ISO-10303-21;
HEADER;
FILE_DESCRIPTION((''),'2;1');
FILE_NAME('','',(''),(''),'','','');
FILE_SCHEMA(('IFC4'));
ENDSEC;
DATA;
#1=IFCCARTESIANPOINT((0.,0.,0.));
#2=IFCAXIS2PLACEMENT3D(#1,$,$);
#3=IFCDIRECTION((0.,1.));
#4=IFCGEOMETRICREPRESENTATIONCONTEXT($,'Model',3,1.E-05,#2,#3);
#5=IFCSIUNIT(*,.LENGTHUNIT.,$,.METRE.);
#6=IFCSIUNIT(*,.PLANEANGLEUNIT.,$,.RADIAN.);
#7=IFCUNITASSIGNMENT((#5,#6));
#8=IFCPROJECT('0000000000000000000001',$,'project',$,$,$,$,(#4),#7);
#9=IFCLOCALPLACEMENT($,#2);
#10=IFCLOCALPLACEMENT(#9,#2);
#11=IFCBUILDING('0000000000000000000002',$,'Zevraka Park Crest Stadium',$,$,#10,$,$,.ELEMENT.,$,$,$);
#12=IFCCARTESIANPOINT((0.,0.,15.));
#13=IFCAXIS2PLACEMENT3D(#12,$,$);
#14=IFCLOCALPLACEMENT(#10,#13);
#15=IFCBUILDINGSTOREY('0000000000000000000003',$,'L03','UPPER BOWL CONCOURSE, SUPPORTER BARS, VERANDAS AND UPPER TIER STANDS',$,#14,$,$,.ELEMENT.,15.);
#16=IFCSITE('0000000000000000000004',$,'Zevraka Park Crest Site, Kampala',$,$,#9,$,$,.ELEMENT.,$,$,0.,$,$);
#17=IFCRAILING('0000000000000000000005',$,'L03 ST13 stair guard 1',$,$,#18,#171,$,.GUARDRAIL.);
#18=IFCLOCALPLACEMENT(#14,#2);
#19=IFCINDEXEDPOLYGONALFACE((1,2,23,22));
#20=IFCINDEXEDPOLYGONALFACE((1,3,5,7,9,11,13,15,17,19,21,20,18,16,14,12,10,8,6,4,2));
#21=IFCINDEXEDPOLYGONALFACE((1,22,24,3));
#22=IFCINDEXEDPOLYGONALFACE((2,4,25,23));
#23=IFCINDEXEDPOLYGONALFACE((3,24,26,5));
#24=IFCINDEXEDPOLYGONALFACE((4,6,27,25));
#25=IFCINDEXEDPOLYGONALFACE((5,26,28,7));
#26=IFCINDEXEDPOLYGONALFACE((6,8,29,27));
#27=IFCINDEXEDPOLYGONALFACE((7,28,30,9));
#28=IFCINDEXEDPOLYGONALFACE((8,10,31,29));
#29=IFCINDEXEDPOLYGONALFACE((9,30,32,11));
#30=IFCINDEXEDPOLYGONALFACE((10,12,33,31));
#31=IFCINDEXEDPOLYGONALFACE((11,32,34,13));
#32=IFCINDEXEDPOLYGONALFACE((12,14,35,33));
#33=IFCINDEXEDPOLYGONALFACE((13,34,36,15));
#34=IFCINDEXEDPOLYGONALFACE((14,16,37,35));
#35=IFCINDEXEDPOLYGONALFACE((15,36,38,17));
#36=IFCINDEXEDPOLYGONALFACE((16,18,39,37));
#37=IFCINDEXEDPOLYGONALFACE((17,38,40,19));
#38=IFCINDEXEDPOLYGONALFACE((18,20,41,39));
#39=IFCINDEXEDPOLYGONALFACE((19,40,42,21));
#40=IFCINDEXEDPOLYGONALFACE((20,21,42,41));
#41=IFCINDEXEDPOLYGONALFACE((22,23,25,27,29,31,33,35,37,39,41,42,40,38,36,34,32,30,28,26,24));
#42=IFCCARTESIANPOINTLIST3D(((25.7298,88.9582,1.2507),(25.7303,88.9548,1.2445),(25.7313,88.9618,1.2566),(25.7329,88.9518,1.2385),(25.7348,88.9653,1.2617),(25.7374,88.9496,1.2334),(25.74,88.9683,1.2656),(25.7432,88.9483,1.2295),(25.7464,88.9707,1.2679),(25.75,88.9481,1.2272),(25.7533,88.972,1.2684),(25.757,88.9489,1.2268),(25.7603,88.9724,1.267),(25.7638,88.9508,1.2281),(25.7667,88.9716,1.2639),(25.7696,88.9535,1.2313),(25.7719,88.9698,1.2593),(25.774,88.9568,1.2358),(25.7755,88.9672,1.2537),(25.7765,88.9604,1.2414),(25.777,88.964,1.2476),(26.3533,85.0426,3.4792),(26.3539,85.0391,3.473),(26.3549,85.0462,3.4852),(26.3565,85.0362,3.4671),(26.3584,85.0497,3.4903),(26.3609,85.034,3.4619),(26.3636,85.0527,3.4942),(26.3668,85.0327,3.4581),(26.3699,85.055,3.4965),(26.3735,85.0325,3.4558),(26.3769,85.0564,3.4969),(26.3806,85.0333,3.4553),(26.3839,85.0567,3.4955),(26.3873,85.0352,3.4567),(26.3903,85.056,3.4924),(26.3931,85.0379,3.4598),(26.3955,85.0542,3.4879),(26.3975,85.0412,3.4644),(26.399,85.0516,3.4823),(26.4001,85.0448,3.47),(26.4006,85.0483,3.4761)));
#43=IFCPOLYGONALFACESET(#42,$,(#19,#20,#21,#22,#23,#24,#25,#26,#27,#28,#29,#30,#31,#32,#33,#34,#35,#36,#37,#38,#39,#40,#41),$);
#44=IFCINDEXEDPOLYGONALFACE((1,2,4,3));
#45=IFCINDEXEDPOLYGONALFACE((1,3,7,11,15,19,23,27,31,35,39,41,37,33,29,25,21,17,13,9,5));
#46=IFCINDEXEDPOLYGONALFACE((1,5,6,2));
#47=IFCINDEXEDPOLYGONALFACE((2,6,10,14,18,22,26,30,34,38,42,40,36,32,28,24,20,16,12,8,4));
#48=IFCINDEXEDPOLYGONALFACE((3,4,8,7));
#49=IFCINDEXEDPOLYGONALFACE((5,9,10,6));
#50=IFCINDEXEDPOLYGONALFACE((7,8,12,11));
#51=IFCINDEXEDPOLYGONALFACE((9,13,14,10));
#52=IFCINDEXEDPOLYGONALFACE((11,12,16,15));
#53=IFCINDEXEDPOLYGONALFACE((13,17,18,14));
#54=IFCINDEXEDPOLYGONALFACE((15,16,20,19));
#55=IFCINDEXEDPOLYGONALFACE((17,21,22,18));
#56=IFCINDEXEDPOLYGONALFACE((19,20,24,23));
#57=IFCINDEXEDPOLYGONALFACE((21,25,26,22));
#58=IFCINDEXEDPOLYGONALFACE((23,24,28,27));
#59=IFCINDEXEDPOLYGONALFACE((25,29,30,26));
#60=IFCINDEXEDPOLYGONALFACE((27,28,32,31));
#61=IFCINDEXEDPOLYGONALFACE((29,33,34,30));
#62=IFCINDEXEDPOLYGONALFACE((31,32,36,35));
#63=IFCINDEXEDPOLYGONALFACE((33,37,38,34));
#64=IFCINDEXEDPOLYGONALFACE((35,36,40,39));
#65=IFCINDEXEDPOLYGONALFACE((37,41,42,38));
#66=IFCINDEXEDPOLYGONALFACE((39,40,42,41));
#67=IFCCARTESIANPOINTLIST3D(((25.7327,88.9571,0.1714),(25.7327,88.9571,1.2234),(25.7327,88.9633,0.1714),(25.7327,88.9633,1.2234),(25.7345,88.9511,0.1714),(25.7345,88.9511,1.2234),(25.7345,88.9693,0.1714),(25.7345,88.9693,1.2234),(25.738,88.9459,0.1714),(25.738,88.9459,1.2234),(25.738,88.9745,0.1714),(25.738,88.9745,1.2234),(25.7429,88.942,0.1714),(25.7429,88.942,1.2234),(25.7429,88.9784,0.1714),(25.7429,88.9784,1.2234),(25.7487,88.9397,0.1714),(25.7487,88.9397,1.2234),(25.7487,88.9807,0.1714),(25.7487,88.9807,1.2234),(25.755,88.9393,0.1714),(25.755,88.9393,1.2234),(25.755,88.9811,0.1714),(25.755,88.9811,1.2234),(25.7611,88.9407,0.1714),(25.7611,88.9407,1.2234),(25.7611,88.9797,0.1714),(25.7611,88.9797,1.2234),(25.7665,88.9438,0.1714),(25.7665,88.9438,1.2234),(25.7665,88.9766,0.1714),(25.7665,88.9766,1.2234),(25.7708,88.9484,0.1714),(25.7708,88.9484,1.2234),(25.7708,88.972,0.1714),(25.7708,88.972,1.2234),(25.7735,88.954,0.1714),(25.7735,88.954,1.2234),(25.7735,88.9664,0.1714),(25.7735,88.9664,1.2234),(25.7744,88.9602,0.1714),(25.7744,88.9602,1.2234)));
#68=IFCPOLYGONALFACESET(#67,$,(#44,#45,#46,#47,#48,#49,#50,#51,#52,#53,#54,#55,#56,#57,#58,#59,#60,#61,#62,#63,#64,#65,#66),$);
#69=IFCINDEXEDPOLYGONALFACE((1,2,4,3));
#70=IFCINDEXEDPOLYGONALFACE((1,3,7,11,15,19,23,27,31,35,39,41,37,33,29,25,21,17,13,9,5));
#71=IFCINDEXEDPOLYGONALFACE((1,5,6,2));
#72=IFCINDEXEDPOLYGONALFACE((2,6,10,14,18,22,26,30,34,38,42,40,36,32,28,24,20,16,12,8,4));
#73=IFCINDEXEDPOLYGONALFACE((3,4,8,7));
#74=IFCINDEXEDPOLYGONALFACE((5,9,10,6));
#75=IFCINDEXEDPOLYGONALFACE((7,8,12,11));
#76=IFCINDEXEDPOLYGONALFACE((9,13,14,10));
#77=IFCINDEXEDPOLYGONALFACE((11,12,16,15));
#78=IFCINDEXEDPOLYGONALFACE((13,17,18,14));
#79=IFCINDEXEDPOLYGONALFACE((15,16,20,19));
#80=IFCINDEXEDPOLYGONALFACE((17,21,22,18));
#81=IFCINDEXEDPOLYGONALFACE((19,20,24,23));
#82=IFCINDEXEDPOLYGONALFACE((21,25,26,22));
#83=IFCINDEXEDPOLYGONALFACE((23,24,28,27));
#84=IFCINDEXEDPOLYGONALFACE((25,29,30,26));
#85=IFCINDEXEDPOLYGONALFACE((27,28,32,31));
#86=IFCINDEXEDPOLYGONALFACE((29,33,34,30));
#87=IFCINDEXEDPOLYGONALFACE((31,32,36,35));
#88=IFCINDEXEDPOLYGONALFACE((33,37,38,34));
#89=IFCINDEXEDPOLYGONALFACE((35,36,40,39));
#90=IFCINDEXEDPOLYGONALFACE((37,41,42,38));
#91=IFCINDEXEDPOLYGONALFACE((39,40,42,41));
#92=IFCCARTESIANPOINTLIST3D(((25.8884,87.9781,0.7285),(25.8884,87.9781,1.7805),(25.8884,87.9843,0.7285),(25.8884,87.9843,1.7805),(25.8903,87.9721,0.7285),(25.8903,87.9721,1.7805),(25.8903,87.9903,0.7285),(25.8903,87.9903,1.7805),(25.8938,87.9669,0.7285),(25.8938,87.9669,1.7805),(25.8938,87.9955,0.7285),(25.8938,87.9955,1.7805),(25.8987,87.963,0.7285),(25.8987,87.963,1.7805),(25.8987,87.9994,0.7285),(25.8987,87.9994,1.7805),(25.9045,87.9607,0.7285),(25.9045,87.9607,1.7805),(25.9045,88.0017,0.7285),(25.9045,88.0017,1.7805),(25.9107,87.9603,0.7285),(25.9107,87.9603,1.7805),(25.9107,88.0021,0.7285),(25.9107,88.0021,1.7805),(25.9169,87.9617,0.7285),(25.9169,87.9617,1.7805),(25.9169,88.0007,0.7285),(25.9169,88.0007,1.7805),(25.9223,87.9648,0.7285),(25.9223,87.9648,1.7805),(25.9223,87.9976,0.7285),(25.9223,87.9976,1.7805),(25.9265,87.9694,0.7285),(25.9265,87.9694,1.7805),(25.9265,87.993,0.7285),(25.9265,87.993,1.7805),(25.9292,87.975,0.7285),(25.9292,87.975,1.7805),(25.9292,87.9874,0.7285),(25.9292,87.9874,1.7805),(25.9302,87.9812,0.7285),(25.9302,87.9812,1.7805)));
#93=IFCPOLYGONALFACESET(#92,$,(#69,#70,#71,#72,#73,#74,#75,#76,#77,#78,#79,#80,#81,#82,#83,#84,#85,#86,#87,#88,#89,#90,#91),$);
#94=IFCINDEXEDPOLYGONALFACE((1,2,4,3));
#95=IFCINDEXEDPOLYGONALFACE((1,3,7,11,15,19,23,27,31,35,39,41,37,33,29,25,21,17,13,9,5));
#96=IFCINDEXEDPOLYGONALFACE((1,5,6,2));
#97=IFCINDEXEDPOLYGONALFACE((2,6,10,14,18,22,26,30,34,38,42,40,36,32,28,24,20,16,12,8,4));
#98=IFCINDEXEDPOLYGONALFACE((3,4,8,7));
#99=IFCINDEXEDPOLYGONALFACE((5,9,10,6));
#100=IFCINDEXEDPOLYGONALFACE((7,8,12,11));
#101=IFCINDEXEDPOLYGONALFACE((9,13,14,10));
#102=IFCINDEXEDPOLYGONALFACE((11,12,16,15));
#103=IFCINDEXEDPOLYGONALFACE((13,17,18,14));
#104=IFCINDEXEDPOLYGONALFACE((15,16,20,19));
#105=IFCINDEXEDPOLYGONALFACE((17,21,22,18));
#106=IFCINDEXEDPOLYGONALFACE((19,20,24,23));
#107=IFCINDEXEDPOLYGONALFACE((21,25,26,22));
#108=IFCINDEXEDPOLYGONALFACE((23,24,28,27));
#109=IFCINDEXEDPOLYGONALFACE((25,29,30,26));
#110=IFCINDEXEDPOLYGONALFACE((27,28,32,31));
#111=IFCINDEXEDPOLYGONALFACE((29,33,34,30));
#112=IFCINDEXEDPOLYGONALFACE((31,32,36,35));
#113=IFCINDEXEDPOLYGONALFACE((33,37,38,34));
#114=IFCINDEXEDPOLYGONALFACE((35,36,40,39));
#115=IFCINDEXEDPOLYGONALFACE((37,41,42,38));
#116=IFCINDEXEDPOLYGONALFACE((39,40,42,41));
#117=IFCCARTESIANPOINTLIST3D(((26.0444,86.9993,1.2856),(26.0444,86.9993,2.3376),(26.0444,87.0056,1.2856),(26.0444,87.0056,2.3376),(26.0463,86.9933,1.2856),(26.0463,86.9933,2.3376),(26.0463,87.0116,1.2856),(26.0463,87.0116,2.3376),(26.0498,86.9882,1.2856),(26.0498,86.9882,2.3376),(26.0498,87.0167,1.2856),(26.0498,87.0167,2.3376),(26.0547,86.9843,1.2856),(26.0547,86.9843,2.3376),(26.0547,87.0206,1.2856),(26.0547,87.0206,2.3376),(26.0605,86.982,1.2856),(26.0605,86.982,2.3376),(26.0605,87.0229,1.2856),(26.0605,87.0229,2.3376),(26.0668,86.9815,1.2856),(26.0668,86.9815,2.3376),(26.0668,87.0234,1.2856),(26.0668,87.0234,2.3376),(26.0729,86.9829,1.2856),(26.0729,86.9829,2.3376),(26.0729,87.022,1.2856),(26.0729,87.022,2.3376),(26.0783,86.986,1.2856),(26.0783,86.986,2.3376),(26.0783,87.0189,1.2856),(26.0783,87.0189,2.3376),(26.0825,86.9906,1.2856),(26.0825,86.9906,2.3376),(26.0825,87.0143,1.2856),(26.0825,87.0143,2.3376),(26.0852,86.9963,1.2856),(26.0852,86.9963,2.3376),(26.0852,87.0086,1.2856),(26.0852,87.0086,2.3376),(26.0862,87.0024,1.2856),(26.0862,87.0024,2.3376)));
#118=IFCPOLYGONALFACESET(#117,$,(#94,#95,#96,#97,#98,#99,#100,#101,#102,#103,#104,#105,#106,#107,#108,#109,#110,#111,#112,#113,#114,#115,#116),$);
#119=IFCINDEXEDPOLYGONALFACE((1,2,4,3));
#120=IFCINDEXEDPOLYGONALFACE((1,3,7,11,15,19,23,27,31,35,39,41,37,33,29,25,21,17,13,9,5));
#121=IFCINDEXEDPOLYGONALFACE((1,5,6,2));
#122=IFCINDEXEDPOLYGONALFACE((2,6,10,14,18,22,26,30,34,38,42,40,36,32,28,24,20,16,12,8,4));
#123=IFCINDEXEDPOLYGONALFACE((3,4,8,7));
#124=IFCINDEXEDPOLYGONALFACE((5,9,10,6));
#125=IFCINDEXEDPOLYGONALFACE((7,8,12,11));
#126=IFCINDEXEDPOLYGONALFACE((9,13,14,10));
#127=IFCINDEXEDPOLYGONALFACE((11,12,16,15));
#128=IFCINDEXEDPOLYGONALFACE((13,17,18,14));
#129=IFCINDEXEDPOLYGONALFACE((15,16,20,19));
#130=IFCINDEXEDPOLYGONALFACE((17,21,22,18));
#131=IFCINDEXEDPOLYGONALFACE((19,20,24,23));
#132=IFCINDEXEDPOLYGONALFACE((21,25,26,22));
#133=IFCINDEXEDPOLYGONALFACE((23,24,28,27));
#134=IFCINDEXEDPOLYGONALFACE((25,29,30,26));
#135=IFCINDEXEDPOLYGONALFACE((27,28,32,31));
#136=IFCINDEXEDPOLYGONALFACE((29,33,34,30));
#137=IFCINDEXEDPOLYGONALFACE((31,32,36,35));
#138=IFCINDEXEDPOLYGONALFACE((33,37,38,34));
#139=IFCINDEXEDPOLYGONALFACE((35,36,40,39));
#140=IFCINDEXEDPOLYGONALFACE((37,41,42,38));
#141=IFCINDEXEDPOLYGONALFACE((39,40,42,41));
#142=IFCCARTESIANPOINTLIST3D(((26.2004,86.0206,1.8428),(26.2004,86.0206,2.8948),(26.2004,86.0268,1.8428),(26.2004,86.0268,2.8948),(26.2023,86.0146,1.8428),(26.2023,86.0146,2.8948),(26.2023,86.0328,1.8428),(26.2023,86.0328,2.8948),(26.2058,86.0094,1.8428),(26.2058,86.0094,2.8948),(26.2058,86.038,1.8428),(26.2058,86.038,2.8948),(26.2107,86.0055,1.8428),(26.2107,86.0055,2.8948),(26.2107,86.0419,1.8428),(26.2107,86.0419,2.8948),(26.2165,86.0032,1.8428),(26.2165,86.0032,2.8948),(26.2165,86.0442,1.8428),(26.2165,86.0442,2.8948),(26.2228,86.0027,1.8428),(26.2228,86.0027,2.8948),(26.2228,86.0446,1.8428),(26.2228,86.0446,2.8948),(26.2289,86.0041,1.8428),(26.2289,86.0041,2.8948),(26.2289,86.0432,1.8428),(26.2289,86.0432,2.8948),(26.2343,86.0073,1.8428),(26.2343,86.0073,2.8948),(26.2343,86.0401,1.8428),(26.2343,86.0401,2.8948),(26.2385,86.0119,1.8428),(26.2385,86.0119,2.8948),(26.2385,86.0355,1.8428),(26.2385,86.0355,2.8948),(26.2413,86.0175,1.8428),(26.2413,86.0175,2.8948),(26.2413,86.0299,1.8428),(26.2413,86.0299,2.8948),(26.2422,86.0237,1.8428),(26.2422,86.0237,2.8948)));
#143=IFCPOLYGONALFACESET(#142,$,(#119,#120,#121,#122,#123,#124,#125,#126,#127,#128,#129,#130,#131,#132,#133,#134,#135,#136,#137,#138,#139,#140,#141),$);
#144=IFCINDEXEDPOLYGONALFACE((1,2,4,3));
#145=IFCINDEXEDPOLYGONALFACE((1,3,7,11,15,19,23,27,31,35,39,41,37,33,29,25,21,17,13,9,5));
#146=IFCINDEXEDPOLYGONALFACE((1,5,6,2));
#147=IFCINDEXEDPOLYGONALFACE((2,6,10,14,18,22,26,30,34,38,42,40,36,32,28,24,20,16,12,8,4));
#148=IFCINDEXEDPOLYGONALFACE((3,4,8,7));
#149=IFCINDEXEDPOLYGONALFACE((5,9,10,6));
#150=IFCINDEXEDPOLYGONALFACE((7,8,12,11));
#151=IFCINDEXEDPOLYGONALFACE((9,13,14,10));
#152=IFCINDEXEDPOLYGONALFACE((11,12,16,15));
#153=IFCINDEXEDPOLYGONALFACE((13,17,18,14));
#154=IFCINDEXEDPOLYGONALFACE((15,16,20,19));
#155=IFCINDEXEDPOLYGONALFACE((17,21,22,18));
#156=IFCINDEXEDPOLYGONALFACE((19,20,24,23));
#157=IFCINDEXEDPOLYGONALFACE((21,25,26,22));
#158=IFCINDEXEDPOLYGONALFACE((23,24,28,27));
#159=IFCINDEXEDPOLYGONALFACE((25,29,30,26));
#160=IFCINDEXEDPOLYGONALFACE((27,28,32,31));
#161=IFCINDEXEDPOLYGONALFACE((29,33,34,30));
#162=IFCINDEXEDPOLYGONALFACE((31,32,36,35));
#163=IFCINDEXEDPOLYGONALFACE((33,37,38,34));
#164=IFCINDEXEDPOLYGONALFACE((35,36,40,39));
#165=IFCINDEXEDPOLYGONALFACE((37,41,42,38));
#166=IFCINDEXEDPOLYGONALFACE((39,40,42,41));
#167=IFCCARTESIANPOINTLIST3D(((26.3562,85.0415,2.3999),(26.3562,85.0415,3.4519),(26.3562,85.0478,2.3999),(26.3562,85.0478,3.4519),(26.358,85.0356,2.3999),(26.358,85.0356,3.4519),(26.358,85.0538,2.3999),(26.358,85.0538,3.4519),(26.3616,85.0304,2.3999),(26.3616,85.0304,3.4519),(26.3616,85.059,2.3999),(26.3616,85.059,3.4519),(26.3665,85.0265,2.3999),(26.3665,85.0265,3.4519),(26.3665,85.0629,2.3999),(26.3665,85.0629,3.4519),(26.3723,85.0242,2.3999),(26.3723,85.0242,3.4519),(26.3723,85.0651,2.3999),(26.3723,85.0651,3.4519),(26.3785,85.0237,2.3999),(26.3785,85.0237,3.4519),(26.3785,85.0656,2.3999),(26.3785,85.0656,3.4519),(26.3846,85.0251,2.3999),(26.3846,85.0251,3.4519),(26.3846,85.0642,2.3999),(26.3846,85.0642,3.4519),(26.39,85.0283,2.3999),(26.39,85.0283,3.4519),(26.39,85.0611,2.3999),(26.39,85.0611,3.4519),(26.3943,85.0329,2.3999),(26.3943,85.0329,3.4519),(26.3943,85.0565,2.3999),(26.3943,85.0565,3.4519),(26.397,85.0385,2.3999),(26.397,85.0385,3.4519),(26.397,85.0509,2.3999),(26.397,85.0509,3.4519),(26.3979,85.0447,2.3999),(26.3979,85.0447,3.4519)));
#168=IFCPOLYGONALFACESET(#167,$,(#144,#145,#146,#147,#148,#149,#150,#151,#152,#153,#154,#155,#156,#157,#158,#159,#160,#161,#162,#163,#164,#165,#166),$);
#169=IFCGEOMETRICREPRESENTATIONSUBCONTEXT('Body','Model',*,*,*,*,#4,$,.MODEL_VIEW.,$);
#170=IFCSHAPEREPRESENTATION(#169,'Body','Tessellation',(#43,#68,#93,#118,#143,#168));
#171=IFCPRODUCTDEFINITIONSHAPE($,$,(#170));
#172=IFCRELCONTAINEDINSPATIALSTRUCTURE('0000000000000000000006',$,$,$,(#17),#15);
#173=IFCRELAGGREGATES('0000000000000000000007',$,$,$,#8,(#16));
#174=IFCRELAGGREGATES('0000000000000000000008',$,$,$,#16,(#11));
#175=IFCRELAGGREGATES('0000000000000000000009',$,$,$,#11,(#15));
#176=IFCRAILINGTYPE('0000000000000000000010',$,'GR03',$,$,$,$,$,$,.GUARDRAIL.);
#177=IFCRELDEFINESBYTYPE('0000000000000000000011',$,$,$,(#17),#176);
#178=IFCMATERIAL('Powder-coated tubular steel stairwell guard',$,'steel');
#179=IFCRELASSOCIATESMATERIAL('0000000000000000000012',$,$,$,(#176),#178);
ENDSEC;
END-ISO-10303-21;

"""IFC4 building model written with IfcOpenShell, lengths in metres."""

from ifc_helpers import new_model, si_unit, direction, frame, origin, origin_2d, place, context, subcontext, project, spatial, circle, extrude, material, type_object, element, save


model = new_model("IFC4")

# Units and contexts
model_context = context("Model", 3, precision=1e-05, world=origin(), true_north=direction((0.0, 1.0)))
body_context = subcontext(model_context, "Body", "Model", "MODEL_VIEW")
ifc_project = project(units=[si_unit("LENGTHUNIT", "METRE"), si_unit("PLANEANGLEUNIT", "RADIAN")], contexts=[model_context])

# Site, building, storey
site_placement = place(None, origin())
site = spatial("IfcSite", under=ifc_project, at=site_placement, Name="Zevraka Park Crest Site, Kampala", CompositionType="ELEMENT", RefElevation=0.0)
building_placement = place(site_placement, origin())
building = spatial("IfcBuilding", under=site, at=building_placement, Name="Zevraka Park Crest Stadium", CompositionType="ELEMENT")
storey_placement = place(building_placement, frame((0.0, 0.0, 15.0)))
storey = spatial("IfcBuildingStorey", under=building, at=storey_placement, Name="L03", Description="UPPER BOWL CONCOURSE, SUPPORTER BARS, VERANDAS AND UPPER TIER STANDS", CompositionType="ELEMENT", Elevation=15.0)

# Railing
ifc_material_1 = material(Name="Powder-coated tubular steel stairwell guard", Category="steel")
railing_type_1 = type_object("IfcRailingType", Name="GR03", PredefinedType="GUARDRAIL", material=ifc_material_1)
railing_1_placement = place(storey_placement, frame((25.7534, 88.9602, 0.1714)))
element("IfcRailing", 1, at=railing_1_placement, inside=storey, type_object=railing_type_1, Name="L03 ST13 stair guard 1", PredefinedType="GUARDRAIL", context=body_context, shape_type="SweptSolid", body=[
    extrude(circle(Radius=0.0239, at=origin_2d()), frame((0.0, 0.0, 1.0762), z_axis=(0.137094, -0.86089, 0.489974), x_axis=(0.987556, 0.157265, 0.0)), (0.0, 0.0, 1.0), 4.5483),
    extrude(circle(Radius=0.021, at=origin_2d()), origin(), (0.0, 0.0, 1.0), 1.052),
    extrude(circle(Radius=0.021, at=origin_2d()), frame((0.1558, -0.979, 0.5571)), (0.0, 0.0, 1.0), 1.052),
    extrude(circle(Radius=0.021, at=origin_2d()), frame((0.3118, -1.9578, 1.1143)), (0.0, 0.0, 1.0), 1.052),
    extrude(circle(Radius=0.021, at=origin_2d()), frame((0.4678, -2.9365, 1.6714)), (0.0, 0.0, 1.0), 1.052),
    extrude(circle(Radius=0.021, at=origin_2d()), frame((0.6235, -3.9155, 2.2285)), (0.0, 0.0, 1.0), 1.052),
])

save(model, "model.ifc")
